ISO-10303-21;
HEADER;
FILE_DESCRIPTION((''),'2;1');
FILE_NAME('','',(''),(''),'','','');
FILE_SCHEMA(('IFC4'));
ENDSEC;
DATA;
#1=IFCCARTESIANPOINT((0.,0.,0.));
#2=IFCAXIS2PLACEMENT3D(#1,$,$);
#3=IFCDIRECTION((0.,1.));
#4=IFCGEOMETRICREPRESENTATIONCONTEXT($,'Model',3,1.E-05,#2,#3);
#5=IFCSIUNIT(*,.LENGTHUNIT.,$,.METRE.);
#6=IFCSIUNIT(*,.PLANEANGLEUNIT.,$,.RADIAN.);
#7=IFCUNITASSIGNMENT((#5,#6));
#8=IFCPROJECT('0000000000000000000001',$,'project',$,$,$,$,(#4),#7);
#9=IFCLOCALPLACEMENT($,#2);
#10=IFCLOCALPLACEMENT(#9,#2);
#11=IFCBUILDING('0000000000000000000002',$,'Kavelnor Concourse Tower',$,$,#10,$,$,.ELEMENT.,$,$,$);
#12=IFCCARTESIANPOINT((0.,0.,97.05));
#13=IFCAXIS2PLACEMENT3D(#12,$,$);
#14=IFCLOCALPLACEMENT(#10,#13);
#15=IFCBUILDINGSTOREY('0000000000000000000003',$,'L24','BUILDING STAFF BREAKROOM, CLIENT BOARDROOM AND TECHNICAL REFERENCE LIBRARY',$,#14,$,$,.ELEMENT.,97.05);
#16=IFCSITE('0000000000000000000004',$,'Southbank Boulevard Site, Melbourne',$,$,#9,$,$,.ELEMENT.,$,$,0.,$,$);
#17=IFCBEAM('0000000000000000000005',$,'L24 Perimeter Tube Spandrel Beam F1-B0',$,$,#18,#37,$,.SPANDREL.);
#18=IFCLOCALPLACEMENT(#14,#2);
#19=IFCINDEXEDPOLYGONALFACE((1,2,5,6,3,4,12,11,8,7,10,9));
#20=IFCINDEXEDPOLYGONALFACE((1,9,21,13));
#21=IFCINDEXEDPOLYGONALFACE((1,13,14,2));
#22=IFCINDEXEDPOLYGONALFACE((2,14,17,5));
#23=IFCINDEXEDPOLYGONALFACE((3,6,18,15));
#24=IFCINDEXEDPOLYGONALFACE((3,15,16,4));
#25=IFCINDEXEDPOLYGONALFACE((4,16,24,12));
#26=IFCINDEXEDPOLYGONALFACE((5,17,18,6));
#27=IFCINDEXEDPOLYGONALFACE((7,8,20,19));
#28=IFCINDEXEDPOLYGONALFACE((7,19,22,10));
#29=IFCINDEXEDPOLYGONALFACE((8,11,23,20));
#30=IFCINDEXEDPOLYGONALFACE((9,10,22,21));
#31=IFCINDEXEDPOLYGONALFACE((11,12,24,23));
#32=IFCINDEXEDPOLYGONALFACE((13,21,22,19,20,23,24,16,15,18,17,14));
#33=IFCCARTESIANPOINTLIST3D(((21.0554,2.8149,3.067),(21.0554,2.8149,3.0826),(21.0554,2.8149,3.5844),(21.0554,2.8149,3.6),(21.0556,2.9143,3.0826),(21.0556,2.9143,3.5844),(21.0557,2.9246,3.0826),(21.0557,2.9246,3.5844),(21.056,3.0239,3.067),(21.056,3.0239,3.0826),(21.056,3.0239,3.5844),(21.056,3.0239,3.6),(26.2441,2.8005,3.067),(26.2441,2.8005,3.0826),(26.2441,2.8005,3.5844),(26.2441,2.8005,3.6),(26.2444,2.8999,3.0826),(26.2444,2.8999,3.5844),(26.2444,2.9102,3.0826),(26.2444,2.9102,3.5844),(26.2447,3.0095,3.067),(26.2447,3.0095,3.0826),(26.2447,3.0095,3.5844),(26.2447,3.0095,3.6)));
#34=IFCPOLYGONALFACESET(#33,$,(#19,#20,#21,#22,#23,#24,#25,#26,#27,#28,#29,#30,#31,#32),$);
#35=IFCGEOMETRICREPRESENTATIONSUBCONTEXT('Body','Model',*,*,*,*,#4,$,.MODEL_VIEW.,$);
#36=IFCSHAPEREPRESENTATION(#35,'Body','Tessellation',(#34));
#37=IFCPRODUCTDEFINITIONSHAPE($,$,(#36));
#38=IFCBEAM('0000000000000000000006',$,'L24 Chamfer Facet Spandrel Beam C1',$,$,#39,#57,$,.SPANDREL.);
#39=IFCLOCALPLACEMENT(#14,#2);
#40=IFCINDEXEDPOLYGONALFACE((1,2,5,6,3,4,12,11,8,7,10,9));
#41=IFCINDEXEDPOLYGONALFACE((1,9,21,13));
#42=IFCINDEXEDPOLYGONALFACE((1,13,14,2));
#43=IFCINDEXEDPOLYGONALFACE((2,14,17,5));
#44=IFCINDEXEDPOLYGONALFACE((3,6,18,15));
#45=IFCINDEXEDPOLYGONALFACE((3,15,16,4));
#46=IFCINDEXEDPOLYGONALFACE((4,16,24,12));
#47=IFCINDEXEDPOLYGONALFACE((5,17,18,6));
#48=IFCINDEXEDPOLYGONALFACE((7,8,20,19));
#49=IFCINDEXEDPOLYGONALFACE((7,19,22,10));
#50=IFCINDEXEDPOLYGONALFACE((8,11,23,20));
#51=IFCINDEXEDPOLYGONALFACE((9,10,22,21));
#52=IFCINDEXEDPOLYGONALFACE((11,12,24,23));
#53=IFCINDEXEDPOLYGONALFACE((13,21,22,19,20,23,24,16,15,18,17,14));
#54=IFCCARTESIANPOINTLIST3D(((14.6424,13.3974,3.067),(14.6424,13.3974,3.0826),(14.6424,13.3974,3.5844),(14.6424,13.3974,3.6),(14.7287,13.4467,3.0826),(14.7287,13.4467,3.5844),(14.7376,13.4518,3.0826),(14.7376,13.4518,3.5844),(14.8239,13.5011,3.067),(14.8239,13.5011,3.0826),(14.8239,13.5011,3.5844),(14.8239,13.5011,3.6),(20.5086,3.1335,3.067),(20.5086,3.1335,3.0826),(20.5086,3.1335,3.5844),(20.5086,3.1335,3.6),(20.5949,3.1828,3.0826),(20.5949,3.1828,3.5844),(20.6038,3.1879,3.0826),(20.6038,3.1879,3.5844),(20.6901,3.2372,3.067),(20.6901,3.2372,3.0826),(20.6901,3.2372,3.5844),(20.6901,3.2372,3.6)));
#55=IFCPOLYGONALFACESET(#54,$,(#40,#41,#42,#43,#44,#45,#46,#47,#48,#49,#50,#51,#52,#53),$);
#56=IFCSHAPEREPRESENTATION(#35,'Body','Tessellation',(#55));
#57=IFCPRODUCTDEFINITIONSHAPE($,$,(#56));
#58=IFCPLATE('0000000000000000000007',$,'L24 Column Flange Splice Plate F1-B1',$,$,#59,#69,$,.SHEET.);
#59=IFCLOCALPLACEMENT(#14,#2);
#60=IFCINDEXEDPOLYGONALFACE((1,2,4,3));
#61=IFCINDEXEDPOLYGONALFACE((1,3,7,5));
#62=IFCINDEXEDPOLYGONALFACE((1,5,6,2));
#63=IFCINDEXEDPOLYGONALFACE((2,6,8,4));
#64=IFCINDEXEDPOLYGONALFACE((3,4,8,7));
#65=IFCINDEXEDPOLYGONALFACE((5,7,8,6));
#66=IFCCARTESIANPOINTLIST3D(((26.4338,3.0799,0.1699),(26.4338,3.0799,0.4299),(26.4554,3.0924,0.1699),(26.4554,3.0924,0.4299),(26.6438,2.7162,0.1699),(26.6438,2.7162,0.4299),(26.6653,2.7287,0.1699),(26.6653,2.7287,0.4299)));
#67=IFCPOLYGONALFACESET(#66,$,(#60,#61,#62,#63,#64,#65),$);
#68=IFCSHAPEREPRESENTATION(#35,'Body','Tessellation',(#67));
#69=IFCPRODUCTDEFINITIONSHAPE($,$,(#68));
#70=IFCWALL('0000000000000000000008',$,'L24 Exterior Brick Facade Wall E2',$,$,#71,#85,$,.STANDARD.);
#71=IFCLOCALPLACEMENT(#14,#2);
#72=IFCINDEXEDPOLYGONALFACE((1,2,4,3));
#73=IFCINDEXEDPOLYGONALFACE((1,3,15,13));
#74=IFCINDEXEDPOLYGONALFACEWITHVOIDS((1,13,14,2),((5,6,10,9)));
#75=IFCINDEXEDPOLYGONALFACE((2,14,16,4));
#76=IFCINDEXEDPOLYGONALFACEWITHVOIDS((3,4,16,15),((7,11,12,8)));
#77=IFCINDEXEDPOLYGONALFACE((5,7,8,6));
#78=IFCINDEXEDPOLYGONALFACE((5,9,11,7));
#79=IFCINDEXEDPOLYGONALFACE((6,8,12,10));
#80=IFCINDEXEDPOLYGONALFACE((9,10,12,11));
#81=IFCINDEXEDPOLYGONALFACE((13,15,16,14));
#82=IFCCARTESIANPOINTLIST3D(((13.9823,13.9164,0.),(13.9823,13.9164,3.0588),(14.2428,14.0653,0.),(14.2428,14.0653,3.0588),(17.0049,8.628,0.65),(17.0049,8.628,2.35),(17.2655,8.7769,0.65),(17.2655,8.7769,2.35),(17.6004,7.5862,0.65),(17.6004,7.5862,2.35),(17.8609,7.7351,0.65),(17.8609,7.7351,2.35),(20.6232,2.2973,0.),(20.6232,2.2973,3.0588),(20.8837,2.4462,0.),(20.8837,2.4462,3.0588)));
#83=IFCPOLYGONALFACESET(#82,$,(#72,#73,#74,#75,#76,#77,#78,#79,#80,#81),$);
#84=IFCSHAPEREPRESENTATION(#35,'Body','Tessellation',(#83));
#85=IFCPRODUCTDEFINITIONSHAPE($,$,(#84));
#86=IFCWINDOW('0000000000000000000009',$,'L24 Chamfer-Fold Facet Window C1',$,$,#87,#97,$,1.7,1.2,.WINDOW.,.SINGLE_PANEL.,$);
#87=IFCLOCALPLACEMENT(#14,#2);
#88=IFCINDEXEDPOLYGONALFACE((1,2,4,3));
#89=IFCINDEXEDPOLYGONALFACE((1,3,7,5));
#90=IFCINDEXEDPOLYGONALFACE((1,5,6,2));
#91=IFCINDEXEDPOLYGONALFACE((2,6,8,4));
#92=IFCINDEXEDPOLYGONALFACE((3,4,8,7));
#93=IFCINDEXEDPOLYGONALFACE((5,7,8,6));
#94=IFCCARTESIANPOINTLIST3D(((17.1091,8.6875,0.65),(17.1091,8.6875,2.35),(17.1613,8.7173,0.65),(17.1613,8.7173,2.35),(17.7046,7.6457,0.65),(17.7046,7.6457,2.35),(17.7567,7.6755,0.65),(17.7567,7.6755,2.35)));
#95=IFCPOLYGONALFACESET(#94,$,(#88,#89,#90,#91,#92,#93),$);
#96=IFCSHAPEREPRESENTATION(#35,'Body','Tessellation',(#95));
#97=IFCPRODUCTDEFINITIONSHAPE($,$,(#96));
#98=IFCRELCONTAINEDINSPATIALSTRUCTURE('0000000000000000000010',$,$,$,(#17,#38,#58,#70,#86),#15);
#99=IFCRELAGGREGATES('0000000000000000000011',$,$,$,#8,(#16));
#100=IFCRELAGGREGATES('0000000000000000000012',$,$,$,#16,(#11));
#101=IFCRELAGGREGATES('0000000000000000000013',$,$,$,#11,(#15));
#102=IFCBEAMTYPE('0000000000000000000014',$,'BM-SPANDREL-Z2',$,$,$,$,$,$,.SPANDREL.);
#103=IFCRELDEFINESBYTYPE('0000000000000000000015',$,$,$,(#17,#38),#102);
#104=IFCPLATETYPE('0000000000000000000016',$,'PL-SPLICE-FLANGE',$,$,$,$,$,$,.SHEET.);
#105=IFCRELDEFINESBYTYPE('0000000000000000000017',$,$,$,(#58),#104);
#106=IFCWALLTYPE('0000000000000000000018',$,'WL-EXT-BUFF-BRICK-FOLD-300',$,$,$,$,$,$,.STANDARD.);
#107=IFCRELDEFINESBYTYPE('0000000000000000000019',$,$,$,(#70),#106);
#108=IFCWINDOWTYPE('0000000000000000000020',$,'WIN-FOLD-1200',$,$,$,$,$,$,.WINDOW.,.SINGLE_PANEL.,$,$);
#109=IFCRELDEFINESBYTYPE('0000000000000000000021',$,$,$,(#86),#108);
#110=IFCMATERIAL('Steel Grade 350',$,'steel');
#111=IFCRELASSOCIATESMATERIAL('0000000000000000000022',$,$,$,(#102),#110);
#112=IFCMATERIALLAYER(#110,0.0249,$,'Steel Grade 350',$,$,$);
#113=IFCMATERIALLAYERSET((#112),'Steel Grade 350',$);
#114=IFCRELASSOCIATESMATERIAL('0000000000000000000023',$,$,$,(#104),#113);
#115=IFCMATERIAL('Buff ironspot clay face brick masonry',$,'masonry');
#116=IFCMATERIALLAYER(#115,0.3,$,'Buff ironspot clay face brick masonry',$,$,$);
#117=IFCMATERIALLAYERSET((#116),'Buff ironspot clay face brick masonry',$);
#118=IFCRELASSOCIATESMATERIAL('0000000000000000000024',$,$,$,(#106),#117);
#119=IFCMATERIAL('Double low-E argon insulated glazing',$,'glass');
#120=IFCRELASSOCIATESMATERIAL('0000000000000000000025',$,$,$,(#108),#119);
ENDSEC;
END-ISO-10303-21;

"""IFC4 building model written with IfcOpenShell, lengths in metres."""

from ifc_helpers import new_model, si_unit, direction, frame, frame_2d, origin, origin_2d, place, context, subcontext, project, spatial, rectangle, i_section, extrude, material, layer, layer_set, material_profile, profile_set, type_object, element, fill, save


model = new_model("IFC4")

# Units and contexts
model_context = context("Model", 3, precision=1e-05, world=origin(), true_north=direction((0.0, 1.0)))
body_context = subcontext(model_context, "Body", "Model", "MODEL_VIEW")
ifc_project = project(units=[si_unit("LENGTHUNIT", "METRE"), si_unit("PLANEANGLEUNIT", "RADIAN")], contexts=[model_context])

# Site, building, storey
site_placement = place(None, origin())
site = spatial("IfcSite", under=ifc_project, at=site_placement, Name="Southbank Boulevard Site, Melbourne", CompositionType="ELEMENT", RefElevation=0.0)
building_placement = place(site_placement, origin())
building = spatial("IfcBuilding", under=site, at=building_placement, Name="Kavelnor Concourse Tower", CompositionType="ELEMENT")
storey_placement = place(building_placement, frame((0.0, 0.0, 97.05)))
storey = spatial("IfcBuildingStorey", under=building, at=storey_placement, Name="L24", Description="BUILDING STAFF BREAKROOM, CLIENT BOARDROOM AND TECHNICAL REFERENCE LIBRARY", CompositionType="ELEMENT", Elevation=97.05)

# Shared definitions
ifc_material_1 = material(Name="Steel Grade 350", Category="steel")

# Beams
ifc_material_profile_1 = material_profile(ifc_material_1, i_section(OverallWidth=0.209, OverallDepth=0.533, WebThickness=0.0103, FlangeThickness=0.0156, at=origin_2d()), Name="530UB92")
ifc_profile_set_1 = profile_set([ifc_material_profile_1], Name="Steel Grade 350")
beam_type_1 = type_object("IfcBeamType", Name="BM-SPANDREL-Z2", PredefinedType="SPANDREL", material=ifc_profile_set_1)
beam_1_placement = place(storey_placement, frame((21.0557, 2.9194, 3.3335), z_axis=(0.999996, -0.002776, 0.0), x_axis=(0.002776, 0.999996, 0.0)))
element("IfcBeam", 1, at=beam_1_placement, inside=storey, type_object=beam_type_1, Name="L24 Perimeter Tube Spandrel Beam F1-B0", PredefinedType="SPANDREL", context=body_context, shape_type="SweptSolid", body=[
    extrude(i_section(OverallWidth=0.209, OverallDepth=0.533, WebThickness=0.0103, FlangeThickness=0.0156, at=origin_2d()), origin(), (0.0, 0.0, 1.0), 5.1887),
])
beam_2_placement = place(storey_placement, frame((14.7332, 13.4492, 3.3335), z_axis=(0.49621, -0.868202, 0.0), x_axis=(0.868202, 0.49621, 0.0)))
element("IfcBeam", 2, at=beam_2_placement, inside=storey, type_object=beam_type_1, Name="L24 Chamfer Facet Spandrel Beam C1", PredefinedType="SPANDREL", context=body_context, shape_type="SweptSolid", body=[
    extrude(i_section(OverallWidth=0.209, OverallDepth=0.533, WebThickness=0.0103, FlangeThickness=0.0156, at=origin_2d()), origin(), (0.0, 0.0, 1.0), 11.822),
])

# Plate
ifc_layer_1 = layer(ifc_material_1, 0.0249, Name="Steel Grade 350")
ifc_layer_set_1 = layer_set([ifc_layer_1], Name="Steel Grade 350")
plate_type = type_object("IfcPlateType", Name="PL-SPLICE-FLANGE", PredefinedType="SHEET", material=ifc_layer_set_1)
plate_placement = place(storey_placement, frame((26.5496, 2.9043, 0.1699), z_axis=(0.0, 0.0, 1.0), x_axis=(-0.5, 0.866025, 0.0)))
element("IfcPlate", 3, at=plate_placement, inside=storey, type_object=plate_type, Name="L24 Column Flange Splice Plate F1-B1", PredefinedType="SHEET", context=body_context, shape_type="SweptSolid", body=[
    extrude(rectangle(XDim=0.4199, YDim=0.0249, at=origin_2d()), origin(), (0.0, 0.0, 1.0), 0.26),
])

# Wall, opening, window
ifc_material_2 = material(Name="Buff ironspot clay face brick masonry", Category="masonry")
ifc_layer_2 = layer(ifc_material_2, 0.3, Name="Buff ironspot clay face brick masonry")
ifc_layer_set_2 = layer_set([ifc_layer_2], Name="Buff ironspot clay face brick masonry")
wall_type_1 = type_object("IfcWallType", Name="WL-EXT-BUFF-BRICK-FOLD-300", PredefinedType="STANDARD", material=ifc_layer_set_2)
wall_1_placement = place(storey_placement, frame((20.7534, 2.3718, 0.0), z_axis=(0.0, 0.0, 1.0), x_axis=(-0.496216, 0.868199, 0.0)))
wall_1 = element("IfcWall", 4, at=wall_1_placement, inside=storey, type_object=wall_type_1, Name="L24 Exterior Brick Facade Wall E2", PredefinedType="STANDARD", context=body_context, shape_type="SweptSolid", body=[
    extrude(rectangle(XDim=13.3831, YDim=0.3, at=frame_2d((6.6914, 0.0))), origin(), (0.0, 0.0, 1.0), 3.0588),
])
opening_1_placement = place(wall_1_placement, frame((6.0916, 0.0, 0.6499)))
opening_1 = element("IfcOpeningElement", 5, at=opening_1_placement, cuts=wall_1, PredefinedType="OPENING", context=body_context, shape_type="SweptSolid", body=[
    extrude(rectangle(XDim=1.2, YDim=1.7, at=frame_2d((0.6001, 0.8501))), frame((0.0, 0.1602, 0.0), z_axis=(0.0, -1.0, 0.0), x_axis=(1.0, 0.0, 0.0)), (0.0, 0.0, 1.0), 0.3201),
])
ifc_material_3 = material(Name="Double low-E argon insulated glazing", Category="glass")
window_type_1 = type_object("IfcWindowType", Name="WIN-FOLD-1200", PartitioningType="SINGLE_PANEL", PredefinedType="WINDOW", material=ifc_material_3)
window_1_placement = place(opening_1_placement, origin())
window_1 = element("IfcWindow", 6, at=window_1_placement, inside=storey, type_object=window_type_1, Name="L24 Chamfer-Fold Facet Window C1", OverallHeight=1.7, OverallWidth=1.2, PartitioningType="SINGLE_PANEL", PredefinedType="WINDOW", context=body_context, shape_type="SweptSolid", body=[
    extrude(rectangle(XDim=1.2, YDim=1.7, at=frame_2d((0.6001, 0.8501))), frame((0.0, 0.03, 0.0), z_axis=(0.0, -1.0, 0.0), x_axis=(1.0, 0.0, 0.0)), (0.0, 0.0, 1.0), 0.0601),
])
fill(opening_1, window_1)

save(model, "model.ifc")
